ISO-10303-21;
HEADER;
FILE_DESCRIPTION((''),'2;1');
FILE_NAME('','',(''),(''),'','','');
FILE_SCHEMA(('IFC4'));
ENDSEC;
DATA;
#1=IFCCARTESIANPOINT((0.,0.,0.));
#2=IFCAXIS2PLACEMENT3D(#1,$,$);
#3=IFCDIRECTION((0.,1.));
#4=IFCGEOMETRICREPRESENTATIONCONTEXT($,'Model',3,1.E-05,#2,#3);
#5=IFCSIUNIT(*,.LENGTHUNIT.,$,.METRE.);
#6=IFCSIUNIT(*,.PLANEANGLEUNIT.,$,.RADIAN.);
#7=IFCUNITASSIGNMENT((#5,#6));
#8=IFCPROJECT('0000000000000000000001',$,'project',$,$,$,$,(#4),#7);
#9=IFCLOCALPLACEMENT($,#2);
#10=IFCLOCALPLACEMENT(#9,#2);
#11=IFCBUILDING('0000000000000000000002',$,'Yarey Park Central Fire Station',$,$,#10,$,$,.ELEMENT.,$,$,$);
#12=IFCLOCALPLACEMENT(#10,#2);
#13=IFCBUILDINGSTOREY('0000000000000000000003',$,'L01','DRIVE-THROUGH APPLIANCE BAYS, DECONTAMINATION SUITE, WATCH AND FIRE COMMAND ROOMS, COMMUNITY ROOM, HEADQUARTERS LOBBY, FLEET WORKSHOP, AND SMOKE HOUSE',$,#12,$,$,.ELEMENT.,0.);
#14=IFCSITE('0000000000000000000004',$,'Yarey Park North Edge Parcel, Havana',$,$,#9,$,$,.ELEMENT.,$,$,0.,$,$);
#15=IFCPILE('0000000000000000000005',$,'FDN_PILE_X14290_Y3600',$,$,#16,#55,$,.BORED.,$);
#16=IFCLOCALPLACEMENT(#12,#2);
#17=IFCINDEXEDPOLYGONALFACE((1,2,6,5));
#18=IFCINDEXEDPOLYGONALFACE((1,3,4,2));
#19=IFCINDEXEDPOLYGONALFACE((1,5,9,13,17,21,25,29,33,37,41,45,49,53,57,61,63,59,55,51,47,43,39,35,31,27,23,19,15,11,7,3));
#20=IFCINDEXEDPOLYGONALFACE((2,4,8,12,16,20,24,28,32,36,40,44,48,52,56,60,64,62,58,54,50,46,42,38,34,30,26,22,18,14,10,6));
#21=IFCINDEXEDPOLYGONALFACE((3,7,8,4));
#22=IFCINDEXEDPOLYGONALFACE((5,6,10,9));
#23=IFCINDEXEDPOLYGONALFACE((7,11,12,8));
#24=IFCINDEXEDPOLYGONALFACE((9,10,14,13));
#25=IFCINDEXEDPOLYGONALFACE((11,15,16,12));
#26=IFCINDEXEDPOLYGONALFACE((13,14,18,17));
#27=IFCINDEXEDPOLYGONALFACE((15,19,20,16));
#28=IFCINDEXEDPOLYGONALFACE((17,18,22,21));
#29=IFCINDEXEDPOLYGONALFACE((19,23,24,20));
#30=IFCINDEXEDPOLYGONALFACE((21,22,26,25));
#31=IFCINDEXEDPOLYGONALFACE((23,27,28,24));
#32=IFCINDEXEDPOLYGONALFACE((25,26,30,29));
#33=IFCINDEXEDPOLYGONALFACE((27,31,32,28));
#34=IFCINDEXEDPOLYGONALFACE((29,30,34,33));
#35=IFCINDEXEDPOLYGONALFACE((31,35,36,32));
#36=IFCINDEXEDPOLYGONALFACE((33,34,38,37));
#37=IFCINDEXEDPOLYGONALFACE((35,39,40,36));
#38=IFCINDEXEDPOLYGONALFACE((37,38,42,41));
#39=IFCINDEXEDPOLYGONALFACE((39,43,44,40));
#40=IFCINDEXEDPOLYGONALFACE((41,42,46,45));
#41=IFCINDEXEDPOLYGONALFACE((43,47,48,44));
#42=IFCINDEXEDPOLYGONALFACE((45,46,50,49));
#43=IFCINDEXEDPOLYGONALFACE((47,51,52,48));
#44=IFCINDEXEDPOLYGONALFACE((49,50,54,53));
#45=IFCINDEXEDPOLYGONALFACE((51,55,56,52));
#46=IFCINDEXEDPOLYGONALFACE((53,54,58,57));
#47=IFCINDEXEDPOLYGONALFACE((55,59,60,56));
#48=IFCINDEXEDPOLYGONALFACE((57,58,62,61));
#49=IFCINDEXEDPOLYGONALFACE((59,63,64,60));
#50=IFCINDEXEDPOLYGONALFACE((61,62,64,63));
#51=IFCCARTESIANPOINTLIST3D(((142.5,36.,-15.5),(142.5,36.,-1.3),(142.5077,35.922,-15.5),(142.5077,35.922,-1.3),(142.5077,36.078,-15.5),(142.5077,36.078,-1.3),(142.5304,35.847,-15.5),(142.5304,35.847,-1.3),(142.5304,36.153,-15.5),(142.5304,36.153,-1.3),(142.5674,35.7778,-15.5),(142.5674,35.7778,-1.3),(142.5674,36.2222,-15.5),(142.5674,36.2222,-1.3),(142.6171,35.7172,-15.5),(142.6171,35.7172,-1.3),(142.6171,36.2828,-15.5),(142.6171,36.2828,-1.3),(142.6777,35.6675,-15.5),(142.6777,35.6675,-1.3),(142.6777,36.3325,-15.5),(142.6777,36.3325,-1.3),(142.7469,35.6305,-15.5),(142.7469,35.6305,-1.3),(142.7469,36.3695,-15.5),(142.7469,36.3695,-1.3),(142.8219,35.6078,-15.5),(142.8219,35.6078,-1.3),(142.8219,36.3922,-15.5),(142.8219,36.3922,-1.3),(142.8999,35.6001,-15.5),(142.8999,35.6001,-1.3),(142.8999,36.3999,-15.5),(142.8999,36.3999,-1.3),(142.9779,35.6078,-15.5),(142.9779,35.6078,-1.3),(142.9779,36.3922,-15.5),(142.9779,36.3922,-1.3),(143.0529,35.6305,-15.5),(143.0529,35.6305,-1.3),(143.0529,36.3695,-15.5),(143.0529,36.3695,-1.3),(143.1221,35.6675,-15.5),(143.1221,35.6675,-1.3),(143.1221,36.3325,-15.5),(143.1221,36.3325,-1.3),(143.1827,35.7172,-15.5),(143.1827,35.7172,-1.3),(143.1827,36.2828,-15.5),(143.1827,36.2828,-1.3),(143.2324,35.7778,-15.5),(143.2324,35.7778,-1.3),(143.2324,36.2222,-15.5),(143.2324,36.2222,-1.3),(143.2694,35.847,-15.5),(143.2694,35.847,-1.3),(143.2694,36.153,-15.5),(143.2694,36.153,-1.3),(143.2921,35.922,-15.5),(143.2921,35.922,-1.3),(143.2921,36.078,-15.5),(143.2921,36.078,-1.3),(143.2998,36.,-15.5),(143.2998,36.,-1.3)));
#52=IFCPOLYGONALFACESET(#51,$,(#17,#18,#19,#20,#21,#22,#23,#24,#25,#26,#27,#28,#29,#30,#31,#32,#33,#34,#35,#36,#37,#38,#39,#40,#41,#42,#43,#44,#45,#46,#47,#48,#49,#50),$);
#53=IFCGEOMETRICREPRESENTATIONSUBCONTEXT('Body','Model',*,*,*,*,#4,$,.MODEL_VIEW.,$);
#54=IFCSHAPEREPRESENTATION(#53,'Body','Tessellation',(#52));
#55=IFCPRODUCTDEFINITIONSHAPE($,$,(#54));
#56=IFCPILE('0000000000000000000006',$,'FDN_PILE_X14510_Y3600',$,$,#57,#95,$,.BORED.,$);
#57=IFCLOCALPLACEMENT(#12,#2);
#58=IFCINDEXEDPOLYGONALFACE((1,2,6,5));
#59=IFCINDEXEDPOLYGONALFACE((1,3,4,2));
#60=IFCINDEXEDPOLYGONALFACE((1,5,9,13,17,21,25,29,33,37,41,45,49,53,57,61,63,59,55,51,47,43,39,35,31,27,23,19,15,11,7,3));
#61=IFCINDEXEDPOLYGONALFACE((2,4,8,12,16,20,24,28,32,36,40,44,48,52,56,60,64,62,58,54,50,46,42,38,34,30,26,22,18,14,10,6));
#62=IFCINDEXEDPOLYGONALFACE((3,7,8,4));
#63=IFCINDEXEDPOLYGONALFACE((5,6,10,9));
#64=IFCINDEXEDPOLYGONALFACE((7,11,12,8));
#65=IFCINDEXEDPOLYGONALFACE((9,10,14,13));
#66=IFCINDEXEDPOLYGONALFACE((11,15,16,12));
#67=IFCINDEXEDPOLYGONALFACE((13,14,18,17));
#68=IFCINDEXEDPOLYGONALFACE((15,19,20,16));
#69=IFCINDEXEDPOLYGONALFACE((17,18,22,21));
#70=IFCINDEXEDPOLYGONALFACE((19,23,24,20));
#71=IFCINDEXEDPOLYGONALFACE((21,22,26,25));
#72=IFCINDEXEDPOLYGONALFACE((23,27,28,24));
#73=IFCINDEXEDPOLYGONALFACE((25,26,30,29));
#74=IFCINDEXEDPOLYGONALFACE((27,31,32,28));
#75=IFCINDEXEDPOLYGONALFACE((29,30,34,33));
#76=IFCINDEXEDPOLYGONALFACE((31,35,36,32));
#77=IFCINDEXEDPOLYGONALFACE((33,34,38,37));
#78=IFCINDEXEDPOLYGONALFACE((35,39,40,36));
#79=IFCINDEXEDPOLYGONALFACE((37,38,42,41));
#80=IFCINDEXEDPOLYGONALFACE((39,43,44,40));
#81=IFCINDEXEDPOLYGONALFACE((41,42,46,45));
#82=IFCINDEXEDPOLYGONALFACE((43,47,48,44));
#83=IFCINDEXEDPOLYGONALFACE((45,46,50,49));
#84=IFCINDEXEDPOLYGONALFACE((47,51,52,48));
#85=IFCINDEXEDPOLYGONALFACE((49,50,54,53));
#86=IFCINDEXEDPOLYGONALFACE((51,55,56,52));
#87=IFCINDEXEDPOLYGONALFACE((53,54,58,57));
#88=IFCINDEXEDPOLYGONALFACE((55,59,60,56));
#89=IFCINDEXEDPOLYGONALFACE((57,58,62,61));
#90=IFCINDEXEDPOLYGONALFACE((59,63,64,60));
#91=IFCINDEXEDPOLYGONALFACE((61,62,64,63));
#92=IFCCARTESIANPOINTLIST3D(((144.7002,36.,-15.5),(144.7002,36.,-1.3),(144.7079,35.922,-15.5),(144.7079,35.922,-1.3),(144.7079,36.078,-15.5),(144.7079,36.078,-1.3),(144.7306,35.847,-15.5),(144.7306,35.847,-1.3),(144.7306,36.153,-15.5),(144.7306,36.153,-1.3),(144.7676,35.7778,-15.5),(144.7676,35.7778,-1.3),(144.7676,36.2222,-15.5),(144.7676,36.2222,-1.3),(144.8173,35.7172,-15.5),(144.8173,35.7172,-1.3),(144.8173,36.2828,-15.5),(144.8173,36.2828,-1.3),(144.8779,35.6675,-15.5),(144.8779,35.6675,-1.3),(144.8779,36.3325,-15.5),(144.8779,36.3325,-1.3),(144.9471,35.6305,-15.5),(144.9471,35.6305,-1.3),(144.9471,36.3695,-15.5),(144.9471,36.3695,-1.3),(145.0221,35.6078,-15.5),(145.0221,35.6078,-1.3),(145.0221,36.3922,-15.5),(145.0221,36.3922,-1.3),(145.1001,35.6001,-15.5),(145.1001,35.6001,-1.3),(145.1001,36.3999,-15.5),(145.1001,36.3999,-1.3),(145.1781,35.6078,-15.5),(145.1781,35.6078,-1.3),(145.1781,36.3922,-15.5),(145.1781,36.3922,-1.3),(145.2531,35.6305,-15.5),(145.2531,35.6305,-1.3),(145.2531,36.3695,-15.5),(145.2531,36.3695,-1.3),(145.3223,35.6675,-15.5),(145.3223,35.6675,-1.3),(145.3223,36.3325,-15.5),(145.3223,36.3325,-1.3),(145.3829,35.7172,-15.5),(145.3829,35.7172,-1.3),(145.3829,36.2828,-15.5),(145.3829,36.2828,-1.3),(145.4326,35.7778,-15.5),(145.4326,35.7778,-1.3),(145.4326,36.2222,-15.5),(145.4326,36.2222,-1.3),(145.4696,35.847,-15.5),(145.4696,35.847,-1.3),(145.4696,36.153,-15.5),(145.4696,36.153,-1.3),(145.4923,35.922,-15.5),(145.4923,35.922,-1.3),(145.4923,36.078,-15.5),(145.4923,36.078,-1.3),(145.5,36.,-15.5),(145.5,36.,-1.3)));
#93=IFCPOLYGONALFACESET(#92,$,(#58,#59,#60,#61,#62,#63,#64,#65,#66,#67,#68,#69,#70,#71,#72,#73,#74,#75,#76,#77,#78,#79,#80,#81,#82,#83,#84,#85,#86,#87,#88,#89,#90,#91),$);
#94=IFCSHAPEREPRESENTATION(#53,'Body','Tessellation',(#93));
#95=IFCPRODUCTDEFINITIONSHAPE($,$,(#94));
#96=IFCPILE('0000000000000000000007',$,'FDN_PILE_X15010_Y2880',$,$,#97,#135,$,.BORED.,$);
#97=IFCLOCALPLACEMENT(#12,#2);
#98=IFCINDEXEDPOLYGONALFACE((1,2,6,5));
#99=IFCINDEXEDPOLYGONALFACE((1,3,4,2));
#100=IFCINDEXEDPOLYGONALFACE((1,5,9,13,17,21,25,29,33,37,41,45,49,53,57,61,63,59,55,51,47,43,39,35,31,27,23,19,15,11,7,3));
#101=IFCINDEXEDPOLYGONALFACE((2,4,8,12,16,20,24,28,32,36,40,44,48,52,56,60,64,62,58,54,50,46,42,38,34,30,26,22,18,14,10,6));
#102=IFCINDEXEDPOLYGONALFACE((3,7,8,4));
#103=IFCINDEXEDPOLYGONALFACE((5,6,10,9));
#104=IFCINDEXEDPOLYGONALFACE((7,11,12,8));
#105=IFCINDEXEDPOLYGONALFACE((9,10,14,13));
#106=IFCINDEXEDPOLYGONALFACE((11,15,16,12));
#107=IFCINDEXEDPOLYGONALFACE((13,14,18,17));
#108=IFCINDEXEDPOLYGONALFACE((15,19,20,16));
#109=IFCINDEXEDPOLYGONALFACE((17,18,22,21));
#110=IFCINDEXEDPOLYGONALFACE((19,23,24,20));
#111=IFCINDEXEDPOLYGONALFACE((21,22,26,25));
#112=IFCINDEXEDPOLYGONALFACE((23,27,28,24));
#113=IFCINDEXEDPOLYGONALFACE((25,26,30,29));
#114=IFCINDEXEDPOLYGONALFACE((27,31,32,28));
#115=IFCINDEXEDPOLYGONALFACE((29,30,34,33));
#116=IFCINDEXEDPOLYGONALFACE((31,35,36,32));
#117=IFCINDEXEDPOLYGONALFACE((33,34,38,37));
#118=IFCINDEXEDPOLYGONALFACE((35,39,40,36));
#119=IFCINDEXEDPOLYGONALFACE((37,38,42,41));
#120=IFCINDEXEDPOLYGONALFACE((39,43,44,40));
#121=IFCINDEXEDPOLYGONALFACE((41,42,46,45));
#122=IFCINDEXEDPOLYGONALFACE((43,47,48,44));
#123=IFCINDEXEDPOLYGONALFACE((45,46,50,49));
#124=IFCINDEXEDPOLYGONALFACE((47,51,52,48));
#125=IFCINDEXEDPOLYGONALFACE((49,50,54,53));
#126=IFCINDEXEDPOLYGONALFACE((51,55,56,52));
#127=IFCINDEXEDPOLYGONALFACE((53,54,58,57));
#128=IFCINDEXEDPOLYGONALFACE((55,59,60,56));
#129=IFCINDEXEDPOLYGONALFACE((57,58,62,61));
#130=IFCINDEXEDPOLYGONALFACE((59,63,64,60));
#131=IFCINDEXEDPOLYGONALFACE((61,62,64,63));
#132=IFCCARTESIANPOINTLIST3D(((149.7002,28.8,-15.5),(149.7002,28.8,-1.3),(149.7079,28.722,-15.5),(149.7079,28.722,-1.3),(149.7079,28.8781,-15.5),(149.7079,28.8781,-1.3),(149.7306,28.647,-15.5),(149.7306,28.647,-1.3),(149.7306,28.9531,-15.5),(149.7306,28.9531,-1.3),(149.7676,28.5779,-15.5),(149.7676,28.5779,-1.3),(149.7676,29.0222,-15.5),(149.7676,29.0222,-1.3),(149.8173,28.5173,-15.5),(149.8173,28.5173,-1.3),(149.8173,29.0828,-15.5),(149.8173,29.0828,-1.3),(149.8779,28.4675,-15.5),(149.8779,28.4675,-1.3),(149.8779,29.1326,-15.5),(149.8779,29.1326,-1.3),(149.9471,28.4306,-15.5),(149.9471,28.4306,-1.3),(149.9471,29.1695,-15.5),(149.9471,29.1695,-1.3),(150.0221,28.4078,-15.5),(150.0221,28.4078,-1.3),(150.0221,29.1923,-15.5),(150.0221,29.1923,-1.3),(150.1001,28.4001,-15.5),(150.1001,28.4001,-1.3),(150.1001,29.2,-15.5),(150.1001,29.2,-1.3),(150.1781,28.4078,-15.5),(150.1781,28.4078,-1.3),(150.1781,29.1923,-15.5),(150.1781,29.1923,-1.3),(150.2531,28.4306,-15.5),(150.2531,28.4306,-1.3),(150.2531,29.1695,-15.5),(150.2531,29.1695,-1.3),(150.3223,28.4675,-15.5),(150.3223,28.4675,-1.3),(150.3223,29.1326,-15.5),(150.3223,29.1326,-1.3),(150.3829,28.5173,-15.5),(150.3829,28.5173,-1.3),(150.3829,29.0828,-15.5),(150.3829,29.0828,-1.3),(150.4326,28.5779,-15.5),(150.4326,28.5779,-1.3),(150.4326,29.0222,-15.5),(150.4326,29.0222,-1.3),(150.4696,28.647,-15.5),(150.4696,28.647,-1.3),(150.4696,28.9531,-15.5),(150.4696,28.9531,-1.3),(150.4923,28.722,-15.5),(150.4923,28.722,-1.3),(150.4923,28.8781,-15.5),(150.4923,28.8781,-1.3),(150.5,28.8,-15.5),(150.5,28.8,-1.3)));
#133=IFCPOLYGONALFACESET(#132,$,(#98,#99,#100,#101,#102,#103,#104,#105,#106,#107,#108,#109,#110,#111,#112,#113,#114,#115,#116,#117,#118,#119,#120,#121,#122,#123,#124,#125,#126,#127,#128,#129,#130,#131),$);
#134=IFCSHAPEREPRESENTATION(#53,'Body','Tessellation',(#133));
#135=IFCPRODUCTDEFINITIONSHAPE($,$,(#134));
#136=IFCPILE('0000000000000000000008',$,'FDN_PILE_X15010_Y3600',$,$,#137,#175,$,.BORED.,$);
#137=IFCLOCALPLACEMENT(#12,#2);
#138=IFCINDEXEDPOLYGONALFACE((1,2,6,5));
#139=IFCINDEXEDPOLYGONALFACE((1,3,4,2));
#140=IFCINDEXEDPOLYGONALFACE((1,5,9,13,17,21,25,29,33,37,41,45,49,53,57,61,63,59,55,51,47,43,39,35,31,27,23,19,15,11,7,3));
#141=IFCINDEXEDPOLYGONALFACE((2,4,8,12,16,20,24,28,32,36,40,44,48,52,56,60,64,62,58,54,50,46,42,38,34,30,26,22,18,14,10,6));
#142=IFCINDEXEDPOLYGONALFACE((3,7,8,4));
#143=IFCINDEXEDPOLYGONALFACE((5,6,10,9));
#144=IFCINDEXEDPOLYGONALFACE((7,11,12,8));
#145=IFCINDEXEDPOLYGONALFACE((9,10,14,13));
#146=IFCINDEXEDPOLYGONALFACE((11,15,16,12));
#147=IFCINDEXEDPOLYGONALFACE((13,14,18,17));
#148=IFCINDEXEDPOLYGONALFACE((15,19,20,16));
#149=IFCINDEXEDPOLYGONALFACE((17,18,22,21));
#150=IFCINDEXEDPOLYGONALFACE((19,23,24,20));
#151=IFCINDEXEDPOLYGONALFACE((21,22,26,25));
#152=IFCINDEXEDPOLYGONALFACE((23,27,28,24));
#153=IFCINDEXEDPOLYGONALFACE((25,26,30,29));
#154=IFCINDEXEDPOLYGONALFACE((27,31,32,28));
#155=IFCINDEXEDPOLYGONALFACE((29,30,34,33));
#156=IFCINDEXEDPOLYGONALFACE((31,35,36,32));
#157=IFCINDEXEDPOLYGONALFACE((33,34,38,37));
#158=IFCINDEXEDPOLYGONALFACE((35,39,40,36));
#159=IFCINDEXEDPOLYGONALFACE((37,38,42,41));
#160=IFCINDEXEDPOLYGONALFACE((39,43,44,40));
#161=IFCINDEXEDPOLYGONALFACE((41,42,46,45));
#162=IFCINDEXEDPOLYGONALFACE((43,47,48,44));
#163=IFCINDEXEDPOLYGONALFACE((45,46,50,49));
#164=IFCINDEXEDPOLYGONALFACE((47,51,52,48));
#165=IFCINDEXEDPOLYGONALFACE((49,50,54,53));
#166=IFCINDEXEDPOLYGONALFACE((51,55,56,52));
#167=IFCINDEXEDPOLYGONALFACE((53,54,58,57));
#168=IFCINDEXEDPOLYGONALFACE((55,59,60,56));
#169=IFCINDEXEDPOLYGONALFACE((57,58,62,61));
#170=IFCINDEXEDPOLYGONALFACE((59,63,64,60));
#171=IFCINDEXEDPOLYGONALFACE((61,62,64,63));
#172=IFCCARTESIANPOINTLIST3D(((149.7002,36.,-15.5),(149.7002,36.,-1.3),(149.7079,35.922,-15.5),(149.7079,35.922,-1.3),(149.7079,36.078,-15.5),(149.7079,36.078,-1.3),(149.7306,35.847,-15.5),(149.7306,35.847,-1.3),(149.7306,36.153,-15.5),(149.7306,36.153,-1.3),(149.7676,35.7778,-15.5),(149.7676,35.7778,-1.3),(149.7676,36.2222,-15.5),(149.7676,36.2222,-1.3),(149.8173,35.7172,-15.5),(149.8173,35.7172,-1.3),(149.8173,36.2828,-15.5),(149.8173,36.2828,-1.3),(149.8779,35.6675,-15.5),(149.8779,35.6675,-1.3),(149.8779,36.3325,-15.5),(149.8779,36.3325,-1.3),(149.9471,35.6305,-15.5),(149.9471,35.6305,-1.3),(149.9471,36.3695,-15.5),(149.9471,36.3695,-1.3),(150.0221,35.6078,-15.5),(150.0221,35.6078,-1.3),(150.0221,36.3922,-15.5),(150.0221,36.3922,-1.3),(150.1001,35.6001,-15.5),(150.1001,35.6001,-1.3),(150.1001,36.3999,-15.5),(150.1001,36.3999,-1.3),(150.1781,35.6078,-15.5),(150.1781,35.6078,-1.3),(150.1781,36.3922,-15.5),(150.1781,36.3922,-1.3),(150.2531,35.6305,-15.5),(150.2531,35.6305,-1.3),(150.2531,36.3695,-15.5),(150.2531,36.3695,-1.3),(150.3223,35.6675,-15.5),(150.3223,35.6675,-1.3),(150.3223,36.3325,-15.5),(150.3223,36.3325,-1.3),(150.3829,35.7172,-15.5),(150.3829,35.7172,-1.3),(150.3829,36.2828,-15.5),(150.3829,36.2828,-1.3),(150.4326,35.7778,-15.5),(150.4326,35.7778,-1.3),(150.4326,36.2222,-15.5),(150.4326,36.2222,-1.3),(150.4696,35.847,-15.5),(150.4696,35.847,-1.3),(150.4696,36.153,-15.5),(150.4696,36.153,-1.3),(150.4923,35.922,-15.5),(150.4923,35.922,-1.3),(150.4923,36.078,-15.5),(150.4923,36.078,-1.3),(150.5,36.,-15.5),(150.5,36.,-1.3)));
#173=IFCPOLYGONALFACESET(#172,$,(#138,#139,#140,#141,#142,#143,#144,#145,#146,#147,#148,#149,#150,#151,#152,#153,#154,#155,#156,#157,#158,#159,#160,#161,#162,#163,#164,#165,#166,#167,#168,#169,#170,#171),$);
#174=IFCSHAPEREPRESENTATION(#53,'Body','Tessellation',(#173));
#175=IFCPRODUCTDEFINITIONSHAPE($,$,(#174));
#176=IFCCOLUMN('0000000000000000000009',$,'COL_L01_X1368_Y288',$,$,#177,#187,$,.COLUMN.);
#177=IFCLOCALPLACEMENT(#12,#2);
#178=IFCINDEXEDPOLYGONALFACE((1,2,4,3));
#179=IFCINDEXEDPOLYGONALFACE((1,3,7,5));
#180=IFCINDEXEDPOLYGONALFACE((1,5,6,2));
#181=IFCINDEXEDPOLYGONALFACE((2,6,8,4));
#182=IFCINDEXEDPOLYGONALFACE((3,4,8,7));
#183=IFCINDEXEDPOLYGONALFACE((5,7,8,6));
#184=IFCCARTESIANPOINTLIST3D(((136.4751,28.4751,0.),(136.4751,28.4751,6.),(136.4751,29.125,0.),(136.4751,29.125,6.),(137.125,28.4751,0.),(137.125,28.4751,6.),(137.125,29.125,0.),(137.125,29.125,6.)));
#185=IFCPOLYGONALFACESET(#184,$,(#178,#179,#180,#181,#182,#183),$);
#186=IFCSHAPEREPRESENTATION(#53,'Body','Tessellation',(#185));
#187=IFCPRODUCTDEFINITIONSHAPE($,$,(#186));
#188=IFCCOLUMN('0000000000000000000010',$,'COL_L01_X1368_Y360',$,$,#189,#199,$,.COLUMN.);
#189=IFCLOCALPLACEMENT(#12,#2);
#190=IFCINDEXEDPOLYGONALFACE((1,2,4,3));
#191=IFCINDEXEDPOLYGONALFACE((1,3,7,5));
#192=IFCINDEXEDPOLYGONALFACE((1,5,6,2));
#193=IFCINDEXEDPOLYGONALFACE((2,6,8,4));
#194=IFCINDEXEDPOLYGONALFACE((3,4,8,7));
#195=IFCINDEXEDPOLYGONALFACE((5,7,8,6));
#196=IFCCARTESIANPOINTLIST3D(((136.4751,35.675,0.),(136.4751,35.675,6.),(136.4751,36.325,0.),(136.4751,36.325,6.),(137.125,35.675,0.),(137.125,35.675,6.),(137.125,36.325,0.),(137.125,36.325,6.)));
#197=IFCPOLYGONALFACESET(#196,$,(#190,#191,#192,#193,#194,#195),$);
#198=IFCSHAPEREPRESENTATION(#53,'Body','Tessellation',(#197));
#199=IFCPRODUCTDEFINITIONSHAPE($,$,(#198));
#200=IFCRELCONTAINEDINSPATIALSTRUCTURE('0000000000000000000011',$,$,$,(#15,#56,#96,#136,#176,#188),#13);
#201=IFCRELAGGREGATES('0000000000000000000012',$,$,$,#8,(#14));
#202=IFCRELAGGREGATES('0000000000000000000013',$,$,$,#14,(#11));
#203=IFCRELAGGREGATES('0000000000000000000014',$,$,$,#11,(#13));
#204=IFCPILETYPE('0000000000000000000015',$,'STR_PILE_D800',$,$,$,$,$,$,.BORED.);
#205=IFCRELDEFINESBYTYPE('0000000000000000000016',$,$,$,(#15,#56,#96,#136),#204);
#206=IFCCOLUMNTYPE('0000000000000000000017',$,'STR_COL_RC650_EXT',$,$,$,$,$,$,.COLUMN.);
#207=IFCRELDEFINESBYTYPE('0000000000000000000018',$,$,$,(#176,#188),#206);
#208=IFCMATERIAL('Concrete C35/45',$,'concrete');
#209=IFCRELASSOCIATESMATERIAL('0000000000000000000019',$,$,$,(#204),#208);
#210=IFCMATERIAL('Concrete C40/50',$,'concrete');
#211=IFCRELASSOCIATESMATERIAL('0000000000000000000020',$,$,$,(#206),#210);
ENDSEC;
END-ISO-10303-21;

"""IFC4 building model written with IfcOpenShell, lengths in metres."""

from ifc_helpers import new_model, si_unit, direction, frame, origin, origin_2d, place, context, subcontext, project, spatial, rectangle, circle, extrude, material, material_profile, profile_set, type_object, element, save


model = new_model("IFC4")

# Units and contexts
model_context = context("Model", 3, precision=1e-05, world=origin(), true_north=direction((0.0, 1.0)))
body_context = subcontext(model_context, "Body", "Model", "MODEL_VIEW")
ifc_project = project(units=[si_unit("LENGTHUNIT", "METRE"), si_unit("PLANEANGLEUNIT", "RADIAN")], contexts=[model_context])

# Site, building, storey
site_placement = place(None, origin())
site = spatial("IfcSite", under=ifc_project, at=site_placement, Name="Yarey Park North Edge Parcel, Havana", CompositionType="ELEMENT", RefElevation=0.0)
building_placement = place(site_placement, origin())
building = spatial("IfcBuilding", under=site, at=building_placement, Name="Yarey Park Central Fire Station", CompositionType="ELEMENT")
storey_placement = place(building_placement, origin())
storey = spatial("IfcBuildingStorey", under=building, at=storey_placement, Name="L01", Description="DRIVE-THROUGH APPLIANCE BAYS, DECONTAMINATION SUITE, WATCH AND FIRE COMMAND ROOMS, COMMUNITY ROOM, HEADQUARTERS LOBBY, FLEET WORKSHOP, AND SMOKE HOUSE", CompositionType="ELEMENT", Elevation=0.0)

# Shared definitions
ifc_material_1 = material(Name="Concrete C35/45", Category="concrete")

# Piles
ifc_material_profile_1 = material_profile(ifc_material_1, circle(Radius=0.3999, at=origin_2d()), Name="BORED PILE D800")
ifc_profile_set_1 = profile_set([ifc_material_profile_1], Name="Concrete C35/45")
pile_type = type_object("IfcPileType", Name="STR_PILE_D800", PredefinedType="BORED", material=ifc_profile_set_1)
for number, where, z_axis, x_axis, name in (
    (1, (142.8999, 36.0, -1.3), (0.0, 0.0, -1.0), (1.0, 0.0, 0.0), "FDN_PILE_X14290_Y3600"),
    (2, (145.1001, 36.0, -1.3), (0.0, 0.0, -1.0), (1.0, 0.0, 0.0), "FDN_PILE_X14510_Y3600"),
    (3, (150.1001, 28.8, -1.3), (0.0, 0.0, -1.0), (1.0, 0.0, 0.0), "FDN_PILE_X15010_Y2880"),
    (4, (150.1001, 36.0, -1.3), (0.0, 0.0, -1.0), (1.0, 0.0, 0.0), "FDN_PILE_X15010_Y3600"),
):
    element("IfcPile", number, at=place(storey_placement, frame(where, z_axis=z_axis, x_axis=x_axis)), inside=storey, type_object=pile_type, Name=name, PredefinedType="BORED", context=body_context, shape_type="SweptSolid", body=[
        extrude(circle(Radius=0.3999, at=origin_2d()), origin(), (0.0, 0.0, 1.0), 14.2),
    ])

# Columns
ifc_material_2 = material(Name="Concrete C40/50", Category="concrete")
ifc_material_profile_2 = material_profile(ifc_material_2, rectangle(XDim=0.6499, YDim=0.6499, at=origin_2d()), Name="RC 650x650")
ifc_profile_set_2 = profile_set([ifc_material_profile_2], Name="Concrete C40/50")
column_type_1 = type_object("IfcColumnType", Name="STR_COL_RC650_EXT", PredefinedType="COLUMN", material=ifc_profile_set_2)
for number, where, z_axis, x_axis, name in (
    (5, (136.8, 28.8, 0.0), (0.0, 0.0, 1.0), (1.0, 0.0, 0.0), "COL_L01_X1368_Y288"),
    (6, (136.8, 36.0, 0.0), (0.0, 0.0, 1.0), (1.0, 0.0, 0.0), "COL_L01_X1368_Y360"),
):
    element("IfcColumn", number, at=place(storey_placement, frame(where, z_axis=z_axis, x_axis=x_axis)), inside=storey, type_object=column_type_1, Name=name, PredefinedType="COLUMN", context=body_context, shape_type="SweptSolid", body=[
        extrude(rectangle(XDim=0.6499, YDim=0.6499, at=origin_2d()), origin(), (0.0, 0.0, 1.0), 6.0),
    ])

save(model, "model.ifc")
